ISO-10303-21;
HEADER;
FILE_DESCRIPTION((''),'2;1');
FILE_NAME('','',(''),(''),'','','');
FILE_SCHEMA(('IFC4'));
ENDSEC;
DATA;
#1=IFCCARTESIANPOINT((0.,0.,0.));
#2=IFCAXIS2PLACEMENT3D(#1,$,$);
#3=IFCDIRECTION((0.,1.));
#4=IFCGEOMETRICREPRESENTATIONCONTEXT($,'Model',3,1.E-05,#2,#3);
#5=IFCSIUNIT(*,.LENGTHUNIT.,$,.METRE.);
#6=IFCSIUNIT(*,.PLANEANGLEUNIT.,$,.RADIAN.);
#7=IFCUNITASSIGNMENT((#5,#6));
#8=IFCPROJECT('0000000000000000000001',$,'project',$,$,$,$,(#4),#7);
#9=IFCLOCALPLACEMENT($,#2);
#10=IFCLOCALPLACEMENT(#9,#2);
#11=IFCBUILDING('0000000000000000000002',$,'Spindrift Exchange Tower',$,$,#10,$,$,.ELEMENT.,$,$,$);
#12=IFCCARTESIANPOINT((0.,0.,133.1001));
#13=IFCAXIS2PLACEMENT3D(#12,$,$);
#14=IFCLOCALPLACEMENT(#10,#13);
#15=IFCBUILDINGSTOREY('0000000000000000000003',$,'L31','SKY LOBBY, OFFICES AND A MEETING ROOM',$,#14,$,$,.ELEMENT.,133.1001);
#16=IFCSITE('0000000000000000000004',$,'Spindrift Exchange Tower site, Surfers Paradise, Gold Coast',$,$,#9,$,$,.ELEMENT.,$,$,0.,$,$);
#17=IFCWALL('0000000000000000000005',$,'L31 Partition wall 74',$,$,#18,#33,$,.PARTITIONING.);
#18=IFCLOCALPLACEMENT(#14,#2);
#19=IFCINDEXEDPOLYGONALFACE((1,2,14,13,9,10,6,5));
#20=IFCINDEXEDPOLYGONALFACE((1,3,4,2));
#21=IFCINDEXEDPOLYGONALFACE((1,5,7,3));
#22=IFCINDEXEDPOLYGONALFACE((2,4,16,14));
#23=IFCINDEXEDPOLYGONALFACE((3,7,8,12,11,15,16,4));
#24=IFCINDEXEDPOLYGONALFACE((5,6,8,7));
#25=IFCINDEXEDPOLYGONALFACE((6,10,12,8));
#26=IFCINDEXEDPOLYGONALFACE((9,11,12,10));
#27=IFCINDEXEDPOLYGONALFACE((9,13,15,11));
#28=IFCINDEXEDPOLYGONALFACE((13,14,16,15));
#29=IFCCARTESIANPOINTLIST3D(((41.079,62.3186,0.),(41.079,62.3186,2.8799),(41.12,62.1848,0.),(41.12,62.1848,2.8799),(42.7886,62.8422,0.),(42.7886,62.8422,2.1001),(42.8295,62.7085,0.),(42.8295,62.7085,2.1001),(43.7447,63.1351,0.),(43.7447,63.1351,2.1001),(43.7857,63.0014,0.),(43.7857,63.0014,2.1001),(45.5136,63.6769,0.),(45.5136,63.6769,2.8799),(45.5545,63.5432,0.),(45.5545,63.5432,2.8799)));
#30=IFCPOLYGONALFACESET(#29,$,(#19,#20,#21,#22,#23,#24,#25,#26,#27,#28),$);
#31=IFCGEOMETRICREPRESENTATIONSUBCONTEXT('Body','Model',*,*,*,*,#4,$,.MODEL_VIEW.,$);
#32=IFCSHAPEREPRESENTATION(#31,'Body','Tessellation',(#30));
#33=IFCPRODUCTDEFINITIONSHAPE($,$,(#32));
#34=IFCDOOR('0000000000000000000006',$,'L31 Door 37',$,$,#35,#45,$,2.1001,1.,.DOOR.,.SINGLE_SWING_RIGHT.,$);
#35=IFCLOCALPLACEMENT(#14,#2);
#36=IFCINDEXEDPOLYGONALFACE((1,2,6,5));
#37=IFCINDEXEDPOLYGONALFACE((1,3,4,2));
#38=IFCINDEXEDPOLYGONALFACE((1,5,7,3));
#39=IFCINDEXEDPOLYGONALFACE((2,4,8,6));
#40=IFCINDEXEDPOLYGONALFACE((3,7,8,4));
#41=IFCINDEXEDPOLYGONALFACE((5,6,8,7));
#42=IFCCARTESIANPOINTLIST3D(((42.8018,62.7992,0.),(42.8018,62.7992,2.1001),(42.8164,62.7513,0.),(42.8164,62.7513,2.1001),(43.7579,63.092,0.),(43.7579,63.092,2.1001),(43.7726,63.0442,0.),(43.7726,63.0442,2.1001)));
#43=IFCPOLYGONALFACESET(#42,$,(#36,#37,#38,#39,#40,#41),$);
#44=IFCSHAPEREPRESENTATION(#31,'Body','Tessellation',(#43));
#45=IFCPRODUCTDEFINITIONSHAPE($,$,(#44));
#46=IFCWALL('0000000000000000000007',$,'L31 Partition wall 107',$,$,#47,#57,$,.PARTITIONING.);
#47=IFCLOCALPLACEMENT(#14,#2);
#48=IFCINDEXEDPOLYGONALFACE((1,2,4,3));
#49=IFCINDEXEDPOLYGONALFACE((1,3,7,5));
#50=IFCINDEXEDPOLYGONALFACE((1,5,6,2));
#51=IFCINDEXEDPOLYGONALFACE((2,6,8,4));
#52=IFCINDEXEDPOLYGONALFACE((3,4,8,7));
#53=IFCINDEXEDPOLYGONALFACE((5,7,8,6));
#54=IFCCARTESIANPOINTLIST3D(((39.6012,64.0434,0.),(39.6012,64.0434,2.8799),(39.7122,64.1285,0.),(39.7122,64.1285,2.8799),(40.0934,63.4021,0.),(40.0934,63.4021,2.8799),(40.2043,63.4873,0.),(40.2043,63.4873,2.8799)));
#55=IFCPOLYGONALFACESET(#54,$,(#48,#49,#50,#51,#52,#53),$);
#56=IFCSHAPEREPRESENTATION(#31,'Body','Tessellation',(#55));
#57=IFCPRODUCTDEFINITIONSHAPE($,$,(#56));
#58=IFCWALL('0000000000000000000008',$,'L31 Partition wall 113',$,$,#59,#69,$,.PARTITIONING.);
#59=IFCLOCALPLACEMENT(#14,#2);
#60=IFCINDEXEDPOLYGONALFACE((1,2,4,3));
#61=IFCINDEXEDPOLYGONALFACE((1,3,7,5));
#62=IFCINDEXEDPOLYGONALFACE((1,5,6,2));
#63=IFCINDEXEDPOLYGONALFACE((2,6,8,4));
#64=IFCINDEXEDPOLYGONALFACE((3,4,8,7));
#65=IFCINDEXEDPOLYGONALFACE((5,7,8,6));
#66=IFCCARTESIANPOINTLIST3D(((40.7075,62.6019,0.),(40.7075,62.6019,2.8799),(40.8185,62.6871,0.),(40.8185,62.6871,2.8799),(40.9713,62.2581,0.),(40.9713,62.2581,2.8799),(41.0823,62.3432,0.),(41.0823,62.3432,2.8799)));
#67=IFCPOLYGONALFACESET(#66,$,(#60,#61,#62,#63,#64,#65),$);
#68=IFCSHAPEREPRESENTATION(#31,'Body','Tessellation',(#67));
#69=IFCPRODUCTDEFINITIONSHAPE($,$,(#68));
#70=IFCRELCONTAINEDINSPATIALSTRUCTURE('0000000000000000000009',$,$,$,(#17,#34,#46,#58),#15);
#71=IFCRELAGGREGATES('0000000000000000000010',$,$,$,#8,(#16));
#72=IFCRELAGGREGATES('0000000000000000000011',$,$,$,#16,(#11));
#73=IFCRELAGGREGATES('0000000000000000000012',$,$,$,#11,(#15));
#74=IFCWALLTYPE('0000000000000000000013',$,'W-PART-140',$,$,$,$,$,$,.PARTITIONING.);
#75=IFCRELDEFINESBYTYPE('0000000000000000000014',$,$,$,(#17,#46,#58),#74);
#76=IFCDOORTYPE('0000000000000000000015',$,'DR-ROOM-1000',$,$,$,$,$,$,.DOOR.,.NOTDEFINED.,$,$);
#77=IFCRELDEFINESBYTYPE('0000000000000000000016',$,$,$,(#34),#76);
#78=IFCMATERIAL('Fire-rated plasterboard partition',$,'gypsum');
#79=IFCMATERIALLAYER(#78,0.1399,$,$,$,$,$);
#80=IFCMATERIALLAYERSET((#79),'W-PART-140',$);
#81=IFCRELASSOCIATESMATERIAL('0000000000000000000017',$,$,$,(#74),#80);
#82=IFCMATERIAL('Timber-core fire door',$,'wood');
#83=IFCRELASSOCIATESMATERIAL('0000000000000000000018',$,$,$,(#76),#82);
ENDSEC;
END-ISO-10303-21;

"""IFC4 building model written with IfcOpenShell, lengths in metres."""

from ifc_helpers import new_model, si_unit, direction, frame, frame_2d, origin, place, context, subcontext, project, spatial, rectangle, extrude, source, transform, mapped, material, layer, layer_set, type_object, element, fill, save


model = new_model("IFC4")

# Units and contexts
model_context = context("Model", 3, precision=1e-05, world=origin(), true_north=direction((0.0, 1.0)))
body_context = subcontext(model_context, "Body", "Model", "MODEL_VIEW")
ifc_project = project(units=[si_unit("LENGTHUNIT", "METRE"), si_unit("PLANEANGLEUNIT", "RADIAN")], contexts=[model_context])

# Site, building, storey
site_placement = place(None, origin())
site = spatial("IfcSite", under=ifc_project, at=site_placement, Name="Spindrift Exchange Tower site, Surfers Paradise, Gold Coast", CompositionType="ELEMENT", RefElevation=0.0)
building_placement = place(site_placement, origin())
building = spatial("IfcBuilding", under=site, at=building_placement, Name="Spindrift Exchange Tower", CompositionType="ELEMENT")
storey_placement = place(building_placement, frame((0.0, 0.0, 133.1001)))
storey = spatial("IfcBuildingStorey", under=building, at=storey_placement, Name="L31", Description="SKY LOBBY, OFFICES AND A MEETING ROOM", CompositionType="ELEMENT", Elevation=133.1001)

# Shared definitions
ifc_material_1 = material(Name="Timber-core fire door", Category="wood")

# Wall, opening, door
ifc_material_2 = material(Name="Fire-rated plasterboard partition", Category="gypsum")
ifc_layer_1 = layer(ifc_material_2, 0.1399)
ifc_layer_set_1 = layer_set([ifc_layer_1], Name="W-PART-140")
wall_type_1 = type_object("IfcWallType", Name="W-PART-140", PredefinedType="PARTITIONING", material=ifc_layer_set_1)
wall_1_placement = place(storey_placement, frame((41.0996, 62.2517, 0.0), z_axis=(0.0, 0.0, 1.0), x_axis=(0.956147, 0.292887, 0.0)))
wall_1 = element("IfcWall", 1, at=wall_1_placement, inside=storey, type_object=wall_type_1, Name="L31 Partition wall 74", PredefinedType="PARTITIONING", context=body_context, shape_type="SweptSolid", body=[
    extrude(rectangle(XDim=4.6379, YDim=0.1399, at=frame_2d((2.3188, 0.0))), origin(), (0.0, 0.0, 1.0), 2.8799),
])
opening_1_placement = place(wall_1_placement, frame((1.7878, 0.0, 0.0)))
opening_1 = element("IfcOpeningElement", 2, at=opening_1_placement, cuts=wall_1, PredefinedType="OPENING", context=body_context, shape_type="SweptSolid", body=[
    extrude(rectangle(XDim=1.0, YDim=2.1001, at=frame_2d((0.5, 1.05))), frame((0.0, 0.0798, 0.0), z_axis=(0.0, -1.0, 0.0), x_axis=(1.0, 0.0, 0.0)), (0.0, 0.0, 1.0), 0.1599),
])
door_type_1 = type_object("IfcDoorType", Name="DR-ROOM-1000", OperationType="NOTDEFINED", PredefinedType="DOOR", material=ifc_material_1)
shared_shape_1 = source(origin(), body_context, "Body", "SweptSolid", [
    extrude(rectangle(XDim=1.0, YDim=2.1001, at=frame_2d((0.5, 1.05))), frame((0.0, 0.0249, 0.0), z_axis=(0.0, -1.0, 0.0), x_axis=(1.0, 0.0, 0.0)), (0.0, 0.0, 1.0), 0.05),
])
door_1_placement = place(opening_1_placement, origin())
door_1 = element("IfcDoor", 3, at=door_1_placement, inside=storey, type_object=door_type_1, Name="L31 Door 37", OperationType="SINGLE_SWING_RIGHT", OverallHeight=2.1001, OverallWidth=1.0, PredefinedType="DOOR", context=body_context, shape_type="MappedRepresentation", body=[
    mapped(shared_shape_1, transform((0.0, 0.0, 0.0), scale=1.0)),
])
fill(opening_1, door_1)

# Walls
wall_2_placement = place(storey_placement, frame((40.1489, 63.4446, 0.0), z_axis=(0.0, 0.0, 1.0), x_axis=(-0.608806, 0.79332, 0.0)))
element("IfcWall", 4, at=wall_2_placement, inside=storey, type_object=wall_type_1, Name="L31 Partition wall 107", PredefinedType="PARTITIONING", context=body_context, shape_type="SweptSolid", body=[
    extrude(rectangle(XDim=0.8083, YDim=0.1399, at=frame_2d((0.4043, 0.0))), origin(), (0.0, 0.0, 1.0), 2.8799),
])
wall_3_placement = place(storey_placement, frame((41.0269, 62.3005, 0.0), z_axis=(0.0, 0.0, 1.0), x_axis=(-0.608621, 0.793461, 0.0)))
element("IfcWall", 5, at=wall_3_placement, inside=storey, type_object=wall_type_1, Name="L31 Partition wall 113", PredefinedType="PARTITIONING", context=body_context, shape_type="SweptSolid", body=[
    extrude(rectangle(XDim=0.4333, YDim=0.1399, at=frame_2d((0.2168, 0.0))), origin(), (0.0, 0.0, 1.0), 2.8799),
])

save(model, "model.ifc")
